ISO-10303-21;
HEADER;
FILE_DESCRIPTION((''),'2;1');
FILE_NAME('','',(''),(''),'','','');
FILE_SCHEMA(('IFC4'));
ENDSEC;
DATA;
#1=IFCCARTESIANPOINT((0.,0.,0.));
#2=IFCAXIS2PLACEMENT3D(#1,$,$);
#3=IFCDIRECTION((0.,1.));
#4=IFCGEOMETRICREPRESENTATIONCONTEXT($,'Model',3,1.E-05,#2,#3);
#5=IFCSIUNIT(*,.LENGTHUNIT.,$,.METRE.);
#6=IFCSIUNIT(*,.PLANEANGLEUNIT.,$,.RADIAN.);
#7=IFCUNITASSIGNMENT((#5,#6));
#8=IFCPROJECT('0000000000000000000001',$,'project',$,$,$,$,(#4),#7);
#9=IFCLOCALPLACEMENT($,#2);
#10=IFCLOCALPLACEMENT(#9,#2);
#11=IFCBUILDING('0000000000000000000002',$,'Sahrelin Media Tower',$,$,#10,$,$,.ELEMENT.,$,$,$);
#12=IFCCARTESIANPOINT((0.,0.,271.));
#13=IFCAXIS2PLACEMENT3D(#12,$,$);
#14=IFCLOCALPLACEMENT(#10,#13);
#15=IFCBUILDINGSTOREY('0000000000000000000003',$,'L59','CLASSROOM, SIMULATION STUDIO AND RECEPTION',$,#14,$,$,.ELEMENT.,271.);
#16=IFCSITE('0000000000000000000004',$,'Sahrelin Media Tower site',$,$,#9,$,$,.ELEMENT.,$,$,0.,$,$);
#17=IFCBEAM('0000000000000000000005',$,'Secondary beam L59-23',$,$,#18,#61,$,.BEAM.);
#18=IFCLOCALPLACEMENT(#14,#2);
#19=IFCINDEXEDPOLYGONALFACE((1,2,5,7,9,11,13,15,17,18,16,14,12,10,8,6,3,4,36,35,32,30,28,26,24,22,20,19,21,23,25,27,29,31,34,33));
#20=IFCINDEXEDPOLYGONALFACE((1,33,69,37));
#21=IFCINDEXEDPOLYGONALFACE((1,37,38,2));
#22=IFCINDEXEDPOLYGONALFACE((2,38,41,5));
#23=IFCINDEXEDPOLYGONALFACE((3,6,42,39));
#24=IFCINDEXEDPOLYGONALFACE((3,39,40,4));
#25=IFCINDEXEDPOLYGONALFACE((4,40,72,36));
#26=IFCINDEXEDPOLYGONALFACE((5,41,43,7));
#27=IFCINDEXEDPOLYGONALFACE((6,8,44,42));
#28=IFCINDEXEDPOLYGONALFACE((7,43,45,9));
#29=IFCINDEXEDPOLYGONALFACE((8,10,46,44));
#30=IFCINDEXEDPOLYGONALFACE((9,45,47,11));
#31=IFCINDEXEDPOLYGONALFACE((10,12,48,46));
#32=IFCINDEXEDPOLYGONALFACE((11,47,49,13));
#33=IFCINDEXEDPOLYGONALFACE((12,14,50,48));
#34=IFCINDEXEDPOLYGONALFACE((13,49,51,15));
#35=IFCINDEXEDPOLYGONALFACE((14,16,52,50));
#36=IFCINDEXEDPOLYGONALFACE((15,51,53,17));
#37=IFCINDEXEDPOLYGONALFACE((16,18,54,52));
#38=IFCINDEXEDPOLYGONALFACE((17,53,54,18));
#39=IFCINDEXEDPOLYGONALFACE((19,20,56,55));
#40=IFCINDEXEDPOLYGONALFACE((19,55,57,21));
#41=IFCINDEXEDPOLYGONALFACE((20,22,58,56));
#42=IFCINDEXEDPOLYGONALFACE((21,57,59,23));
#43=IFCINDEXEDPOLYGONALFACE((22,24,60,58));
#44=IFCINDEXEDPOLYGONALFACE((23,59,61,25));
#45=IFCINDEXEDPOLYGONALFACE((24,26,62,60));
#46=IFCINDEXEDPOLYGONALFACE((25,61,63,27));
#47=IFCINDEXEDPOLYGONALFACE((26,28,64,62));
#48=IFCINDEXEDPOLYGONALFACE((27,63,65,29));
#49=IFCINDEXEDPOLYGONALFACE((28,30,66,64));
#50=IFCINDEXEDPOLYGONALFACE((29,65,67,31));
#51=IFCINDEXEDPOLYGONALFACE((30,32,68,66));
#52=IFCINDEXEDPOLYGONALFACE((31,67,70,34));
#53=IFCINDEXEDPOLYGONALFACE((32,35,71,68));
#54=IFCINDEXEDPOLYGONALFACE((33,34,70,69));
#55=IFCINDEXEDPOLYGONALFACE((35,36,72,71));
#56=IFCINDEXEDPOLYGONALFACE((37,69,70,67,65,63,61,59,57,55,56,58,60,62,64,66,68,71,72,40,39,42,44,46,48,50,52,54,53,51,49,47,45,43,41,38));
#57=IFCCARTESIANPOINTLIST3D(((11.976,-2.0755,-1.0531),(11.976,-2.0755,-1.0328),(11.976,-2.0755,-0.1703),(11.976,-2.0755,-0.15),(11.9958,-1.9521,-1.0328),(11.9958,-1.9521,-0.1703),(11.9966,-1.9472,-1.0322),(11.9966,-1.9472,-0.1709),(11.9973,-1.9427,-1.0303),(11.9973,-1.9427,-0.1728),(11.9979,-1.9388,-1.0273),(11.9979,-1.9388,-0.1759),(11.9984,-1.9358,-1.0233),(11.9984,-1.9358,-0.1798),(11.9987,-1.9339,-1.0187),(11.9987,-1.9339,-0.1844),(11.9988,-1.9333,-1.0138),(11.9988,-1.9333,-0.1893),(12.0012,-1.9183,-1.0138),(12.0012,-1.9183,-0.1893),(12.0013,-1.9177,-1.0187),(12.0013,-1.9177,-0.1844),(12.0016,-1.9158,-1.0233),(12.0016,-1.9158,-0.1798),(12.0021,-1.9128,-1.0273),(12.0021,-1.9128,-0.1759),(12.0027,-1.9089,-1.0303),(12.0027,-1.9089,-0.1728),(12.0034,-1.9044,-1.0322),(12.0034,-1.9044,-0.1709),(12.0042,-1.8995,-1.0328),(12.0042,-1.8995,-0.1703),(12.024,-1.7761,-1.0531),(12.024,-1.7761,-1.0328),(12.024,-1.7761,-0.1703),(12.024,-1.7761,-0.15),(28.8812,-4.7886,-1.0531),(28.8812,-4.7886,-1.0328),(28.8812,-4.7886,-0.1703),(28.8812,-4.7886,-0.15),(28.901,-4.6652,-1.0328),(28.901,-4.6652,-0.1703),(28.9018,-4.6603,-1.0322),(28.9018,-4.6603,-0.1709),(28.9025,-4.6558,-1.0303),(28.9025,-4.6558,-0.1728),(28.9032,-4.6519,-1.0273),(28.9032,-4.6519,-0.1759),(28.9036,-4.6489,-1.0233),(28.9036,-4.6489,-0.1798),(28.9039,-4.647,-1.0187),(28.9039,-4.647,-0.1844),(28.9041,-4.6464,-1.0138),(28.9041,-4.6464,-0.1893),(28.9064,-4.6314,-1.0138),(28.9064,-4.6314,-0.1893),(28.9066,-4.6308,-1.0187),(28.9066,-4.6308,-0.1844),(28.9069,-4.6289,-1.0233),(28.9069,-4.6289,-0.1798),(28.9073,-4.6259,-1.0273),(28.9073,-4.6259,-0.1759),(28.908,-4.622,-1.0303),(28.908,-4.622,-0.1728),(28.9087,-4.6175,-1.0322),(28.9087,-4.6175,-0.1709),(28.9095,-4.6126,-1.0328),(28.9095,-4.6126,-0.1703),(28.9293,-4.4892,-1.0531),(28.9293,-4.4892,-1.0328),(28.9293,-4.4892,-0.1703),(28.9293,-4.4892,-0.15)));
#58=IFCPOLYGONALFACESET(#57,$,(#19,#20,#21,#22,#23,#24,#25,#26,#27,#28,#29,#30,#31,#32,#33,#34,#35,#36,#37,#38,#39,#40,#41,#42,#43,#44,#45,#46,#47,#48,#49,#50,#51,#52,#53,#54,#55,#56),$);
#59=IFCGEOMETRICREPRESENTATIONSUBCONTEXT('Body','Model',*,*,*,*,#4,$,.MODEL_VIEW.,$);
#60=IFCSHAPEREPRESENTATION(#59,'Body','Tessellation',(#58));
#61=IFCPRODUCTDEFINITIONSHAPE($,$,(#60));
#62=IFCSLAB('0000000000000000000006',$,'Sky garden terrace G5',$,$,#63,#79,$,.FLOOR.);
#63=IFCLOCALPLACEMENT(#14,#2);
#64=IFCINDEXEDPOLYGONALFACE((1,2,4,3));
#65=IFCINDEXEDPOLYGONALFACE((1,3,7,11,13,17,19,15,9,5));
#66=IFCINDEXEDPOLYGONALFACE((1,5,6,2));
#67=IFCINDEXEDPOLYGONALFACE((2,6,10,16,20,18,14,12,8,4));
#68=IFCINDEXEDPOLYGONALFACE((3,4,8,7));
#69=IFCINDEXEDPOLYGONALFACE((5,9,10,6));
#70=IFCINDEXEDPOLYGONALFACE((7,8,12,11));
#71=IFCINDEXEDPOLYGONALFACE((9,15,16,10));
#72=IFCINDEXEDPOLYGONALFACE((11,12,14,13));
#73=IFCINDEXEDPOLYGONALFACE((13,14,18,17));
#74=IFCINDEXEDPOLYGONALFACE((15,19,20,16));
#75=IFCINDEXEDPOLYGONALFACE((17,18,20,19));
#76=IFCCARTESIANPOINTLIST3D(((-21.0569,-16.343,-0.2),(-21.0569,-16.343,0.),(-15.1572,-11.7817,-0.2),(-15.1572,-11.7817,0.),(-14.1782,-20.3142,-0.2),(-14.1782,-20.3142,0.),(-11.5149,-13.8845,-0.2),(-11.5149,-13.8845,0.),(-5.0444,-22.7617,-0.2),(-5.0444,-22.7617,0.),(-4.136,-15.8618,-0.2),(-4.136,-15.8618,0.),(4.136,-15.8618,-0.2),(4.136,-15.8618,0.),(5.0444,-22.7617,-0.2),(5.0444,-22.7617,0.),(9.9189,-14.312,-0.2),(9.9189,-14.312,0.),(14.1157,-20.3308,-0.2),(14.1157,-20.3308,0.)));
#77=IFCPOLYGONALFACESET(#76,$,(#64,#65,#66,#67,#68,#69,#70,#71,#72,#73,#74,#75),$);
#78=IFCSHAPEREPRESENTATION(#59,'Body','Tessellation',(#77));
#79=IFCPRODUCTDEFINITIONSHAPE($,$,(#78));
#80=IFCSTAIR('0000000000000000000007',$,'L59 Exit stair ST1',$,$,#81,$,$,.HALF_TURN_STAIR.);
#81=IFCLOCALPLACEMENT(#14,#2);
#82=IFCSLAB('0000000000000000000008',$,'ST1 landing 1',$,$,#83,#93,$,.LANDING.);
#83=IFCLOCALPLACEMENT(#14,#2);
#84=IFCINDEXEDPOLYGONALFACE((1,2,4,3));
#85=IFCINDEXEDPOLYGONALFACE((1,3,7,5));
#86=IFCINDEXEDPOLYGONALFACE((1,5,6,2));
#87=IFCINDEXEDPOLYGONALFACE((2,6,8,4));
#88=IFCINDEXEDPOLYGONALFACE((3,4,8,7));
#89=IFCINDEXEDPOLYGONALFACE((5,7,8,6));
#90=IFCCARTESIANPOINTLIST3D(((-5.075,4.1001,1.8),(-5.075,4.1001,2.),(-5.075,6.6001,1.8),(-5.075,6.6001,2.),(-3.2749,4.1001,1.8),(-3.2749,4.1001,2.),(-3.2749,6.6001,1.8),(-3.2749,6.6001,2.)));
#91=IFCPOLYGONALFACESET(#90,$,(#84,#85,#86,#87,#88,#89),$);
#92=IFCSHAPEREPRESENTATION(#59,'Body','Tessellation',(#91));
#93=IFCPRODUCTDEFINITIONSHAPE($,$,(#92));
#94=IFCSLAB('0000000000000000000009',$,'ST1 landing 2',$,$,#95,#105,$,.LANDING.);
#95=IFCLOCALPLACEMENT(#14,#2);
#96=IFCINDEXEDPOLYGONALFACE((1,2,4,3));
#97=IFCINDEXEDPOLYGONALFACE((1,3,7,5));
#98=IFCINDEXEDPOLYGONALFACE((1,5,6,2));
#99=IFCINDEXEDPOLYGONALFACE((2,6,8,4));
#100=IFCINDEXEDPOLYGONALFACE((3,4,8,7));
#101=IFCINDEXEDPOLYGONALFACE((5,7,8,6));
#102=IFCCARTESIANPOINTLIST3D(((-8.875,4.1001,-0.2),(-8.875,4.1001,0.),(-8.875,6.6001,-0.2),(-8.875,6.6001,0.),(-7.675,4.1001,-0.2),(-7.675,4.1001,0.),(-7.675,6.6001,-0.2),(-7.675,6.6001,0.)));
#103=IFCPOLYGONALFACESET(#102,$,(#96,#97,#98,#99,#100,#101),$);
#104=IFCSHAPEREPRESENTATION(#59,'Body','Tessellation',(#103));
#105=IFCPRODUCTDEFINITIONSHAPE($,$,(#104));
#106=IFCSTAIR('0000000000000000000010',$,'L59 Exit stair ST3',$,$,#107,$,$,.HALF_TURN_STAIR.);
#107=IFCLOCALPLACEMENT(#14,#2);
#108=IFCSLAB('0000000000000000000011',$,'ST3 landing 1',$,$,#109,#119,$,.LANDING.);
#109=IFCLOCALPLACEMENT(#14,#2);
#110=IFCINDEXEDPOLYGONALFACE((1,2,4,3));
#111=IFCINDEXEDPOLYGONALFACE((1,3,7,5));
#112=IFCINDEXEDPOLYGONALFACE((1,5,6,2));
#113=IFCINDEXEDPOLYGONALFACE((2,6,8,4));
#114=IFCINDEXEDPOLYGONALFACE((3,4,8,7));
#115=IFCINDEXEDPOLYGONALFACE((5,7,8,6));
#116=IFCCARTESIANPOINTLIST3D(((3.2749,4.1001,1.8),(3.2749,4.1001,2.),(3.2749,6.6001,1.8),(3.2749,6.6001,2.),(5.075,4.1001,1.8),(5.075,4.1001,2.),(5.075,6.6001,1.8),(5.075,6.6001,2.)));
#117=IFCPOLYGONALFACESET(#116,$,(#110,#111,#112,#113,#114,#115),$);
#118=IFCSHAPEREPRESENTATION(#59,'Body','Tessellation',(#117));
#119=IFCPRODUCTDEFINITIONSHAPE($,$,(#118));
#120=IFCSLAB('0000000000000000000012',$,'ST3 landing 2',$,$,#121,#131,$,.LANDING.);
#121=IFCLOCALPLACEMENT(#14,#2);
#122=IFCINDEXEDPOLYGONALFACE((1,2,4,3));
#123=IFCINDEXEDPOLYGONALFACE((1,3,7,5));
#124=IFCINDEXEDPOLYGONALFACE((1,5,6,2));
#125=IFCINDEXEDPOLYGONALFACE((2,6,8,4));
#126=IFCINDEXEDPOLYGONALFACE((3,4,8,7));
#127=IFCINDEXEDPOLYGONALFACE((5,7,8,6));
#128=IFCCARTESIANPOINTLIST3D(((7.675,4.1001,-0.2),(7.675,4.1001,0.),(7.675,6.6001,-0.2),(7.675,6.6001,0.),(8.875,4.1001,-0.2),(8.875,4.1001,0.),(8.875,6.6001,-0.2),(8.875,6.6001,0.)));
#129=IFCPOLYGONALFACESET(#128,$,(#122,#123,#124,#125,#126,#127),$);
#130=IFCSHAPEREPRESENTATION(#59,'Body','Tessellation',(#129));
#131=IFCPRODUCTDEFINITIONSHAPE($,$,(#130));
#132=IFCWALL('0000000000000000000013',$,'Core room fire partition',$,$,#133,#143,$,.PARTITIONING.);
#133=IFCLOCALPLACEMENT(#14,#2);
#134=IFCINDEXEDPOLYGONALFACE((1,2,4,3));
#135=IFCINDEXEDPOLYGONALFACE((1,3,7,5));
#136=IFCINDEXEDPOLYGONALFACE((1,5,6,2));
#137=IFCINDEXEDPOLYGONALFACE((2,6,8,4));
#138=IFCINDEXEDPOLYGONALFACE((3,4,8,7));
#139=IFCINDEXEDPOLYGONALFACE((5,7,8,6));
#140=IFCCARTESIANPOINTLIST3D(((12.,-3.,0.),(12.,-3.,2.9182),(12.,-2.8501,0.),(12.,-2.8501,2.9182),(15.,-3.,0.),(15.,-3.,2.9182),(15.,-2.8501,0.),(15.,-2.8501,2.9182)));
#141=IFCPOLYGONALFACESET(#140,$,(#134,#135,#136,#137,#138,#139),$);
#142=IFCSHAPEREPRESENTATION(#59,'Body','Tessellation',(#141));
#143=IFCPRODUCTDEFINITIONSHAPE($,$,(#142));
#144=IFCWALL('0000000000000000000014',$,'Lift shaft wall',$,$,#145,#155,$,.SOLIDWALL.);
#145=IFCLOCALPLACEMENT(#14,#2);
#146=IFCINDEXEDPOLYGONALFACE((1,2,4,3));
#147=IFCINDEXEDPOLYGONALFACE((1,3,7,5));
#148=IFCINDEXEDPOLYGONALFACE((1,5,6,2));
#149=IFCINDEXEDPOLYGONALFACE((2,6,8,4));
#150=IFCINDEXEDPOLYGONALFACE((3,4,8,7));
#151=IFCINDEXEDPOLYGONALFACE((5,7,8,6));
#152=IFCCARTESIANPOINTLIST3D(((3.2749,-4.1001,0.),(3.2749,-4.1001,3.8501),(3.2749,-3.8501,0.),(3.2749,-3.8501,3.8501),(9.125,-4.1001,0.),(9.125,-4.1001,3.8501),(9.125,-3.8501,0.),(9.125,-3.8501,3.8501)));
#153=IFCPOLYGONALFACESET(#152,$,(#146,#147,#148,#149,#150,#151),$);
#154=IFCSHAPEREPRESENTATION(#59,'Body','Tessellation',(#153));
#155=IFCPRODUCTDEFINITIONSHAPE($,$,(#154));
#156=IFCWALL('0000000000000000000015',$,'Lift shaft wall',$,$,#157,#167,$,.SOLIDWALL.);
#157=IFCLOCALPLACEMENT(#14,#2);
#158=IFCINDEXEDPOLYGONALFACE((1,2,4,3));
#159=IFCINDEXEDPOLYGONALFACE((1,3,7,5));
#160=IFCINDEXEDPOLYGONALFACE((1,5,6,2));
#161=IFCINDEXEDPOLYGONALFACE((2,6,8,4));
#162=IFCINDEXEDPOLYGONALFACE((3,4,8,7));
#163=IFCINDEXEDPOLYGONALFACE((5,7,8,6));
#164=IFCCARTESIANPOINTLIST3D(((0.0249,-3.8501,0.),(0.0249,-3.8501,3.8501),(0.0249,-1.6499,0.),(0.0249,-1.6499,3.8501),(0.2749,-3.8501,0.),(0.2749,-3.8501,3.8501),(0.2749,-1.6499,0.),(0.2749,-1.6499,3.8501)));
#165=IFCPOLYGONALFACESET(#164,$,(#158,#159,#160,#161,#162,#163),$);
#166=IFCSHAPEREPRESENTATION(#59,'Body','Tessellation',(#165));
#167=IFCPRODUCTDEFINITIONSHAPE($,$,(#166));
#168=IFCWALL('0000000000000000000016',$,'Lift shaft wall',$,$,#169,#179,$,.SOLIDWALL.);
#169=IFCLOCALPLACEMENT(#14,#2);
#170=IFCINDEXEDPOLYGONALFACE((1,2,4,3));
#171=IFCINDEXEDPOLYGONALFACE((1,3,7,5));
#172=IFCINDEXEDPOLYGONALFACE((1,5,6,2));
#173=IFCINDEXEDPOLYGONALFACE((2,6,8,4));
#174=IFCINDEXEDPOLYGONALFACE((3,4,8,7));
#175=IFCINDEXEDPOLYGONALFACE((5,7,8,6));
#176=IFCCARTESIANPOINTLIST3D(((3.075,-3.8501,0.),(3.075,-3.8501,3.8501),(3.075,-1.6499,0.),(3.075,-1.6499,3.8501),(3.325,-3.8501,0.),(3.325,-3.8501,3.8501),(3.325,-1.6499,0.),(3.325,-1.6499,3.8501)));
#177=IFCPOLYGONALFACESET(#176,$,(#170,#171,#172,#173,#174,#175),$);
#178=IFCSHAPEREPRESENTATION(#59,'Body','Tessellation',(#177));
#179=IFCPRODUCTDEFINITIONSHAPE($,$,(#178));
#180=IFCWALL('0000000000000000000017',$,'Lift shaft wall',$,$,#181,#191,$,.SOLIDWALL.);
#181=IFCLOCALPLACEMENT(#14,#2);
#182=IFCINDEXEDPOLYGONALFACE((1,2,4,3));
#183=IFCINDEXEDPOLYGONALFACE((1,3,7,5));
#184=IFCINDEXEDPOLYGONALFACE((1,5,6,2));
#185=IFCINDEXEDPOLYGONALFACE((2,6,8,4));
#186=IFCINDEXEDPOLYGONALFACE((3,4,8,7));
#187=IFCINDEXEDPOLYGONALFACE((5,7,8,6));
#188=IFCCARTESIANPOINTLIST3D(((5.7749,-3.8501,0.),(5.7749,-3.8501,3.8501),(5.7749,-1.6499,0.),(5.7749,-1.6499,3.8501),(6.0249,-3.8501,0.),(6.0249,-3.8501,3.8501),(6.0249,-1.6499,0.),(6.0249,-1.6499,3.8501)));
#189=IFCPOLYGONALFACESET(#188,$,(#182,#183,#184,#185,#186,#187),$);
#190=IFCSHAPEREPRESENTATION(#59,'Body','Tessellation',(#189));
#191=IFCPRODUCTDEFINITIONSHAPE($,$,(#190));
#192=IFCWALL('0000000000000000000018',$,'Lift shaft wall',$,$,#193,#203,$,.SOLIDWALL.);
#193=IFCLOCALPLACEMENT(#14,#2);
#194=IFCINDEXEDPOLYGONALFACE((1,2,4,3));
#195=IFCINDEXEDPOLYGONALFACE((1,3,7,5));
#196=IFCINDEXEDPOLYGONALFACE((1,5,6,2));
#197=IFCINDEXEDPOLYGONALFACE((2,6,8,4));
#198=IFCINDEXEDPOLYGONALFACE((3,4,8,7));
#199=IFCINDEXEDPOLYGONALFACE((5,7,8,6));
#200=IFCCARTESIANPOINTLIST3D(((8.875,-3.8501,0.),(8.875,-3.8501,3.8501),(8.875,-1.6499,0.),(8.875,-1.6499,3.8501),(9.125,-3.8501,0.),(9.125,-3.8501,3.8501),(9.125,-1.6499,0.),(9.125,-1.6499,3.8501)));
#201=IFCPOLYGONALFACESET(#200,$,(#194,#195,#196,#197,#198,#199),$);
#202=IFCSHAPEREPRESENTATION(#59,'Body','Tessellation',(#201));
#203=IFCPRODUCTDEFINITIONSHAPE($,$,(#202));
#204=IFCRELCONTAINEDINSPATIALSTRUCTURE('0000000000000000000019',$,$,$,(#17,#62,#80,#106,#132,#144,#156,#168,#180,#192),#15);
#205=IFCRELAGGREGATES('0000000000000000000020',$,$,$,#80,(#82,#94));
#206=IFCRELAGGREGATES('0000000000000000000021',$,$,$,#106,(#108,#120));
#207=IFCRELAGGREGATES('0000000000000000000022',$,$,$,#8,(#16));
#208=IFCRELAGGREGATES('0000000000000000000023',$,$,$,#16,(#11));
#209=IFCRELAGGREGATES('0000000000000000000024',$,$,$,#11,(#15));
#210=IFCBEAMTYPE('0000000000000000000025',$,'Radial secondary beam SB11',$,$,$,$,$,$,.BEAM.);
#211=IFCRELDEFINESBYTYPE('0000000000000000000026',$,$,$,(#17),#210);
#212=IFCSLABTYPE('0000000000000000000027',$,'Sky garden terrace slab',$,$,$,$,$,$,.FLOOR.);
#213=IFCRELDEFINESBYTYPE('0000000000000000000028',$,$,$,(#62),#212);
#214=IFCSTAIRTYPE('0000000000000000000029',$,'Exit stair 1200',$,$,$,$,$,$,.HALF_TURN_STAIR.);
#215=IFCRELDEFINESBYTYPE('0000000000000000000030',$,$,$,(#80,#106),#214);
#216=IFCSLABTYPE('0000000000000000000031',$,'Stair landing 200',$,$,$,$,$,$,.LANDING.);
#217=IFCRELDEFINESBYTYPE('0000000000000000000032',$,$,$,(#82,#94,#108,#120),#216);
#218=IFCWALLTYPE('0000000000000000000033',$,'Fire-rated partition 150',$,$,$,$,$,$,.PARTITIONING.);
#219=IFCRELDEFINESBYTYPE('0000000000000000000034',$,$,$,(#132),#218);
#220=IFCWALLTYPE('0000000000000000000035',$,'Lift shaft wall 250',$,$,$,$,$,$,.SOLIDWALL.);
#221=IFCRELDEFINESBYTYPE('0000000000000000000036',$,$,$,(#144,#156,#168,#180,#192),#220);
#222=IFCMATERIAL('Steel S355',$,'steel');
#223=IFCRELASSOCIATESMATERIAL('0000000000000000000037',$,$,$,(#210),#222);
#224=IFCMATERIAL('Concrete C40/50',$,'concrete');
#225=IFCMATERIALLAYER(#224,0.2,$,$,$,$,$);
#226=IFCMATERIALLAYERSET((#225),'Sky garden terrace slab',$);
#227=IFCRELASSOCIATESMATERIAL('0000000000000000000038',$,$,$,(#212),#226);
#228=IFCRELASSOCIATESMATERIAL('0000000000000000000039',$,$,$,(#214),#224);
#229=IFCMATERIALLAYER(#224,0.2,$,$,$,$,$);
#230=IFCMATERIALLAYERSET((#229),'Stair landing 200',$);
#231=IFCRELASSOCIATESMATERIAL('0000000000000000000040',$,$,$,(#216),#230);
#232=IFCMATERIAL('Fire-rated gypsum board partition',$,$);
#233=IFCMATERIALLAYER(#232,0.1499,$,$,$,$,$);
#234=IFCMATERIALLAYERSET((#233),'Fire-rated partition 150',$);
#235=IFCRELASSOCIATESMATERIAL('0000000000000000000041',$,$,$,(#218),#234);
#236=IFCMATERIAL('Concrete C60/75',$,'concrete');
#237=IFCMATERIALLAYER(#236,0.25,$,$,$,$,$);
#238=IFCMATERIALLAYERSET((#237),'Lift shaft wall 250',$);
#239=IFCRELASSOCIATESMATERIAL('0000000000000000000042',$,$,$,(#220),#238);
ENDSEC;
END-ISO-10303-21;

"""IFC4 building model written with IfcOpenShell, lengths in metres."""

from ifc_helpers import new_model, si_unit, direction, frame, frame_2d, origin, origin_2d, place, context, subcontext, project, spatial, polyline, rectangle, i_section, outline, extrude, material, layer, layer_set, material_profile, profile_set, type_object, element, aggregate, save


model = new_model("IFC4")

# Units and contexts
model_context = context("Model", 3, precision=1e-05, world=origin(), true_north=direction((0.0, 1.0)))
body_context = subcontext(model_context, "Body", "Model", "MODEL_VIEW")
ifc_project = project(units=[si_unit("LENGTHUNIT", "METRE"), si_unit("PLANEANGLEUNIT", "RADIAN")], contexts=[model_context])

# Site, building, storey
site_placement = place(None, origin())
site = spatial("IfcSite", under=ifc_project, at=site_placement, Name="Sahrelin Media Tower site", CompositionType="ELEMENT", RefElevation=0.0)
building_placement = place(site_placement, origin())
building = spatial("IfcBuilding", under=site, at=building_placement, Name="Sahrelin Media Tower", CompositionType="ELEMENT")
storey_placement = place(building_placement, frame((0.0, 0.0, 271.0)))
storey = spatial("IfcBuildingStorey", under=building, at=storey_placement, Name="L59", Description="CLASSROOM, SIMULATION STUDIO AND RECEPTION", CompositionType="ELEMENT", Elevation=271.0)

# Beam
ifc_material_1 = material(Name="Steel S355", Category="steel")
ifc_material_profile_1 = material_profile(ifc_material_1, i_section(OverallWidth=0.3032, OverallDepth=0.9031, WebThickness=0.0151, FlangeThickness=0.0203, FilletRadius=0.019, at=origin_2d()), Name="UB 914x305x201")
ifc_profile_set_1 = profile_set([ifc_material_profile_1], Name="Steel S355")
beam_type_1 = type_object("IfcBeamType", Name="Radial secondary beam SB11", PredefinedType="BEAM", material=ifc_profile_set_1)
beam_1_placement = place(storey_placement, frame((12.0, -1.9258, -0.6016), z_axis=(0.987365, -0.158463, 0.0), x_axis=(0.158463, 0.987365, 0.0)))
element("IfcBeam", 1, at=beam_1_placement, inside=storey, type_object=beam_type_1, Name="Secondary beam L59-23", PredefinedType="BEAM", context=body_context, shape_type="SweptSolid", body=[
    extrude(i_section(OverallWidth=0.3032, OverallDepth=0.9031, WebThickness=0.0151, FlangeThickness=0.0203, FilletRadius=0.019, at=origin_2d()), origin(), (0.0, 0.0, 1.0), 17.1216),
])

# Slab
ifc_material_2 = material(Name="Concrete C40/50", Category="concrete")
ifc_layer_1 = layer(ifc_material_2, 0.2)
ifc_layer_set_1 = layer_set([ifc_layer_1], Name="Sky garden terrace slab")
slab_type_1 = type_object("IfcSlabType", Name="Sky garden terrace slab", PredefinedType="FLOOR", material=ifc_layer_set_1)
placement_1 = place(storey_placement, frame((0.0, 0.0, -0.2)))
element("IfcSlab", 2, at=placement_1, inside=storey, type_object=slab_type_1, Name="Sky garden terrace G5", PredefinedType="FLOOR", context=body_context, shape_type="SweptSolid", body=[
    extrude(outline(polyline([(-5.0444, -22.7617), (-14.1782, -20.3142), (-21.0569, -16.343), (-15.1572, -11.7817), (-11.5149, -13.8845), (-4.136, -15.8618), (4.136, -15.8618), (9.9189, -14.312), (14.1157, -20.3308), (5.0444, -22.7617), (-5.0444, -22.7617)])), origin(), (0.0, 0.0, 1.0), 0.2),
])

# Stairs, slabs
stair_type = type_object("IfcStairType", Name="Exit stair 1200", PredefinedType="HALF_TURN_STAIR", material=ifc_material_2)
placement_2 = place(storey_placement, origin())
stair_1 = element("IfcStair", 3, at=placement_2, inside=storey, type_object=stair_type, Name="L59 Exit stair ST1", PredefinedType="HALF_TURN_STAIR")
ifc_layer_2 = layer(ifc_material_2, 0.2)
ifc_layer_set_2 = layer_set([ifc_layer_2], Name="Stair landing 200")
slab_type_2 = type_object("IfcSlabType", Name="Stair landing 200", PredefinedType="LANDING", material=ifc_layer_set_2)
placement_3 = place(storey_placement, frame((0.0, 0.0, 1.8)))
slab_1 = element("IfcSlab", 4, at=placement_3, type_object=slab_type_2, Name="ST1 landing 1", PredefinedType="LANDING", context=body_context, shape_type="SweptSolid", body=[
    extrude(outline(polyline([(-5.075, 4.1001), (-3.2749, 4.1001), (-3.2749, 6.6001), (-5.075, 6.6001), (-5.075, 4.1001)])), origin(), (0.0, 0.0, 1.0), 0.2),
])
slab_2 = element("IfcSlab", 5, at=placement_1, type_object=slab_type_2, Name="ST1 landing 2", PredefinedType="LANDING", context=body_context, shape_type="SweptSolid", body=[
    extrude(outline(polyline([(-8.875, 4.1001), (-7.675, 4.1001), (-7.675, 6.6001), (-8.875, 6.6001), (-8.875, 4.1001)])), origin(), (0.0, 0.0, 1.0), 0.2),
])
aggregate(stair_1, [slab_1, slab_2])
stair_2 = element("IfcStair", 6, at=placement_2, inside=storey, type_object=stair_type, Name="L59 Exit stair ST3", PredefinedType="HALF_TURN_STAIR")
slab_3 = element("IfcSlab", 7, at=placement_3, type_object=slab_type_2, Name="ST3 landing 1", PredefinedType="LANDING", context=body_context, shape_type="SweptSolid", body=[
    extrude(outline(polyline([(5.075, 6.6001), (3.2749, 6.6001), (3.2749, 4.1001), (5.075, 4.1001), (5.075, 6.6001)])), origin(), (0.0, 0.0, 1.0), 0.2),
])
slab_4 = element("IfcSlab", 8, at=placement_1, type_object=slab_type_2, Name="ST3 landing 2", PredefinedType="LANDING", context=body_context, shape_type="SweptSolid", body=[
    extrude(outline(polyline([(8.875, 6.6001), (7.675, 6.6001), (7.675, 4.1001), (8.875, 4.1001), (8.875, 6.6001)])), origin(), (0.0, 0.0, 1.0), 0.2),
])
aggregate(stair_2, [slab_3, slab_4])

# Walls
ifc_material_3 = material(Name="Fire-rated gypsum board partition")
ifc_layer_3 = layer(ifc_material_3, 0.1499)
ifc_layer_set_3 = layer_set([ifc_layer_3], Name="Fire-rated partition 150")
wall_type_1 = type_object("IfcWallType", Name="Fire-rated partition 150", PredefinedType="PARTITIONING", material=ifc_layer_set_3)
wall_1_placement = place(storey_placement, frame((12.0, -2.925, 0.0), z_axis=(0.0, 0.0, 1.0), x_axis=(1.0, 0.0, 0.0)))
element("IfcWall", 9, at=wall_1_placement, inside=storey, type_object=wall_type_1, Name="Core room fire partition", PredefinedType="PARTITIONING", context=body_context, shape_type="SweptSolid", body=[
    extrude(rectangle(XDim=3.0, YDim=0.1499, at=frame_2d((1.5, 0.0))), origin(), (0.0, 0.0, 1.0), 2.9182),
])
ifc_material_4 = material(Name="Concrete C60/75", Category="concrete")
ifc_layer_4 = layer(ifc_material_4, 0.25)
ifc_layer_set_4 = layer_set([ifc_layer_4], Name="Lift shaft wall 250")
wall_type_2 = type_object("IfcWallType", Name="Lift shaft wall 250", PredefinedType="SOLIDWALL", material=ifc_layer_set_4)
wall_2_placement = place(storey_placement, frame((3.2749, -3.9751, 0.0), z_axis=(0.0, 0.0, 1.0), x_axis=(1.0, 0.0, 0.0)))
element("IfcWall", 10, at=wall_2_placement, inside=storey, type_object=wall_type_2, Name="Lift shaft wall", PredefinedType="SOLIDWALL", context=body_context, shape_type="SweptSolid", body=[
    extrude(rectangle(XDim=5.8501, YDim=0.25, at=frame_2d((2.925, 0.0))), origin(), (0.0, 0.0, 1.0), 3.8501),
])
for number, where, z_axis, x_axis, name in (
    (11, (0.1499, -3.8501, 0.0), (0.0, 0.0, 1.0), (0.0, 1.0, 0.0), "Lift shaft wall"),
    (12, (3.2, -3.8501, 0.0), (0.0, 0.0, 1.0), (0.0, 1.0, 0.0), "Lift shaft wall"),
    (13, (5.8999, -3.8501, 0.0), (0.0, 0.0, 1.0), (0.0, 1.0, 0.0), "Lift shaft wall"),
    (14, (9.0, -3.8501, 0.0), (0.0, 0.0, 1.0), (0.0, 1.0, 0.0), "Lift shaft wall"),
):
    element("IfcWall", number, at=place(storey_placement, frame(where, z_axis=z_axis, x_axis=x_axis)), inside=storey, type_object=wall_type_2, Name=name, PredefinedType="SOLIDWALL", context=body_context, shape_type="SweptSolid", body=[
        extrude(rectangle(XDim=2.2002, YDim=0.25, at=frame_2d((1.1001, 0.0))), origin(), (0.0, 0.0, 1.0), 3.8501),
    ])

save(model, "model.ifc")
